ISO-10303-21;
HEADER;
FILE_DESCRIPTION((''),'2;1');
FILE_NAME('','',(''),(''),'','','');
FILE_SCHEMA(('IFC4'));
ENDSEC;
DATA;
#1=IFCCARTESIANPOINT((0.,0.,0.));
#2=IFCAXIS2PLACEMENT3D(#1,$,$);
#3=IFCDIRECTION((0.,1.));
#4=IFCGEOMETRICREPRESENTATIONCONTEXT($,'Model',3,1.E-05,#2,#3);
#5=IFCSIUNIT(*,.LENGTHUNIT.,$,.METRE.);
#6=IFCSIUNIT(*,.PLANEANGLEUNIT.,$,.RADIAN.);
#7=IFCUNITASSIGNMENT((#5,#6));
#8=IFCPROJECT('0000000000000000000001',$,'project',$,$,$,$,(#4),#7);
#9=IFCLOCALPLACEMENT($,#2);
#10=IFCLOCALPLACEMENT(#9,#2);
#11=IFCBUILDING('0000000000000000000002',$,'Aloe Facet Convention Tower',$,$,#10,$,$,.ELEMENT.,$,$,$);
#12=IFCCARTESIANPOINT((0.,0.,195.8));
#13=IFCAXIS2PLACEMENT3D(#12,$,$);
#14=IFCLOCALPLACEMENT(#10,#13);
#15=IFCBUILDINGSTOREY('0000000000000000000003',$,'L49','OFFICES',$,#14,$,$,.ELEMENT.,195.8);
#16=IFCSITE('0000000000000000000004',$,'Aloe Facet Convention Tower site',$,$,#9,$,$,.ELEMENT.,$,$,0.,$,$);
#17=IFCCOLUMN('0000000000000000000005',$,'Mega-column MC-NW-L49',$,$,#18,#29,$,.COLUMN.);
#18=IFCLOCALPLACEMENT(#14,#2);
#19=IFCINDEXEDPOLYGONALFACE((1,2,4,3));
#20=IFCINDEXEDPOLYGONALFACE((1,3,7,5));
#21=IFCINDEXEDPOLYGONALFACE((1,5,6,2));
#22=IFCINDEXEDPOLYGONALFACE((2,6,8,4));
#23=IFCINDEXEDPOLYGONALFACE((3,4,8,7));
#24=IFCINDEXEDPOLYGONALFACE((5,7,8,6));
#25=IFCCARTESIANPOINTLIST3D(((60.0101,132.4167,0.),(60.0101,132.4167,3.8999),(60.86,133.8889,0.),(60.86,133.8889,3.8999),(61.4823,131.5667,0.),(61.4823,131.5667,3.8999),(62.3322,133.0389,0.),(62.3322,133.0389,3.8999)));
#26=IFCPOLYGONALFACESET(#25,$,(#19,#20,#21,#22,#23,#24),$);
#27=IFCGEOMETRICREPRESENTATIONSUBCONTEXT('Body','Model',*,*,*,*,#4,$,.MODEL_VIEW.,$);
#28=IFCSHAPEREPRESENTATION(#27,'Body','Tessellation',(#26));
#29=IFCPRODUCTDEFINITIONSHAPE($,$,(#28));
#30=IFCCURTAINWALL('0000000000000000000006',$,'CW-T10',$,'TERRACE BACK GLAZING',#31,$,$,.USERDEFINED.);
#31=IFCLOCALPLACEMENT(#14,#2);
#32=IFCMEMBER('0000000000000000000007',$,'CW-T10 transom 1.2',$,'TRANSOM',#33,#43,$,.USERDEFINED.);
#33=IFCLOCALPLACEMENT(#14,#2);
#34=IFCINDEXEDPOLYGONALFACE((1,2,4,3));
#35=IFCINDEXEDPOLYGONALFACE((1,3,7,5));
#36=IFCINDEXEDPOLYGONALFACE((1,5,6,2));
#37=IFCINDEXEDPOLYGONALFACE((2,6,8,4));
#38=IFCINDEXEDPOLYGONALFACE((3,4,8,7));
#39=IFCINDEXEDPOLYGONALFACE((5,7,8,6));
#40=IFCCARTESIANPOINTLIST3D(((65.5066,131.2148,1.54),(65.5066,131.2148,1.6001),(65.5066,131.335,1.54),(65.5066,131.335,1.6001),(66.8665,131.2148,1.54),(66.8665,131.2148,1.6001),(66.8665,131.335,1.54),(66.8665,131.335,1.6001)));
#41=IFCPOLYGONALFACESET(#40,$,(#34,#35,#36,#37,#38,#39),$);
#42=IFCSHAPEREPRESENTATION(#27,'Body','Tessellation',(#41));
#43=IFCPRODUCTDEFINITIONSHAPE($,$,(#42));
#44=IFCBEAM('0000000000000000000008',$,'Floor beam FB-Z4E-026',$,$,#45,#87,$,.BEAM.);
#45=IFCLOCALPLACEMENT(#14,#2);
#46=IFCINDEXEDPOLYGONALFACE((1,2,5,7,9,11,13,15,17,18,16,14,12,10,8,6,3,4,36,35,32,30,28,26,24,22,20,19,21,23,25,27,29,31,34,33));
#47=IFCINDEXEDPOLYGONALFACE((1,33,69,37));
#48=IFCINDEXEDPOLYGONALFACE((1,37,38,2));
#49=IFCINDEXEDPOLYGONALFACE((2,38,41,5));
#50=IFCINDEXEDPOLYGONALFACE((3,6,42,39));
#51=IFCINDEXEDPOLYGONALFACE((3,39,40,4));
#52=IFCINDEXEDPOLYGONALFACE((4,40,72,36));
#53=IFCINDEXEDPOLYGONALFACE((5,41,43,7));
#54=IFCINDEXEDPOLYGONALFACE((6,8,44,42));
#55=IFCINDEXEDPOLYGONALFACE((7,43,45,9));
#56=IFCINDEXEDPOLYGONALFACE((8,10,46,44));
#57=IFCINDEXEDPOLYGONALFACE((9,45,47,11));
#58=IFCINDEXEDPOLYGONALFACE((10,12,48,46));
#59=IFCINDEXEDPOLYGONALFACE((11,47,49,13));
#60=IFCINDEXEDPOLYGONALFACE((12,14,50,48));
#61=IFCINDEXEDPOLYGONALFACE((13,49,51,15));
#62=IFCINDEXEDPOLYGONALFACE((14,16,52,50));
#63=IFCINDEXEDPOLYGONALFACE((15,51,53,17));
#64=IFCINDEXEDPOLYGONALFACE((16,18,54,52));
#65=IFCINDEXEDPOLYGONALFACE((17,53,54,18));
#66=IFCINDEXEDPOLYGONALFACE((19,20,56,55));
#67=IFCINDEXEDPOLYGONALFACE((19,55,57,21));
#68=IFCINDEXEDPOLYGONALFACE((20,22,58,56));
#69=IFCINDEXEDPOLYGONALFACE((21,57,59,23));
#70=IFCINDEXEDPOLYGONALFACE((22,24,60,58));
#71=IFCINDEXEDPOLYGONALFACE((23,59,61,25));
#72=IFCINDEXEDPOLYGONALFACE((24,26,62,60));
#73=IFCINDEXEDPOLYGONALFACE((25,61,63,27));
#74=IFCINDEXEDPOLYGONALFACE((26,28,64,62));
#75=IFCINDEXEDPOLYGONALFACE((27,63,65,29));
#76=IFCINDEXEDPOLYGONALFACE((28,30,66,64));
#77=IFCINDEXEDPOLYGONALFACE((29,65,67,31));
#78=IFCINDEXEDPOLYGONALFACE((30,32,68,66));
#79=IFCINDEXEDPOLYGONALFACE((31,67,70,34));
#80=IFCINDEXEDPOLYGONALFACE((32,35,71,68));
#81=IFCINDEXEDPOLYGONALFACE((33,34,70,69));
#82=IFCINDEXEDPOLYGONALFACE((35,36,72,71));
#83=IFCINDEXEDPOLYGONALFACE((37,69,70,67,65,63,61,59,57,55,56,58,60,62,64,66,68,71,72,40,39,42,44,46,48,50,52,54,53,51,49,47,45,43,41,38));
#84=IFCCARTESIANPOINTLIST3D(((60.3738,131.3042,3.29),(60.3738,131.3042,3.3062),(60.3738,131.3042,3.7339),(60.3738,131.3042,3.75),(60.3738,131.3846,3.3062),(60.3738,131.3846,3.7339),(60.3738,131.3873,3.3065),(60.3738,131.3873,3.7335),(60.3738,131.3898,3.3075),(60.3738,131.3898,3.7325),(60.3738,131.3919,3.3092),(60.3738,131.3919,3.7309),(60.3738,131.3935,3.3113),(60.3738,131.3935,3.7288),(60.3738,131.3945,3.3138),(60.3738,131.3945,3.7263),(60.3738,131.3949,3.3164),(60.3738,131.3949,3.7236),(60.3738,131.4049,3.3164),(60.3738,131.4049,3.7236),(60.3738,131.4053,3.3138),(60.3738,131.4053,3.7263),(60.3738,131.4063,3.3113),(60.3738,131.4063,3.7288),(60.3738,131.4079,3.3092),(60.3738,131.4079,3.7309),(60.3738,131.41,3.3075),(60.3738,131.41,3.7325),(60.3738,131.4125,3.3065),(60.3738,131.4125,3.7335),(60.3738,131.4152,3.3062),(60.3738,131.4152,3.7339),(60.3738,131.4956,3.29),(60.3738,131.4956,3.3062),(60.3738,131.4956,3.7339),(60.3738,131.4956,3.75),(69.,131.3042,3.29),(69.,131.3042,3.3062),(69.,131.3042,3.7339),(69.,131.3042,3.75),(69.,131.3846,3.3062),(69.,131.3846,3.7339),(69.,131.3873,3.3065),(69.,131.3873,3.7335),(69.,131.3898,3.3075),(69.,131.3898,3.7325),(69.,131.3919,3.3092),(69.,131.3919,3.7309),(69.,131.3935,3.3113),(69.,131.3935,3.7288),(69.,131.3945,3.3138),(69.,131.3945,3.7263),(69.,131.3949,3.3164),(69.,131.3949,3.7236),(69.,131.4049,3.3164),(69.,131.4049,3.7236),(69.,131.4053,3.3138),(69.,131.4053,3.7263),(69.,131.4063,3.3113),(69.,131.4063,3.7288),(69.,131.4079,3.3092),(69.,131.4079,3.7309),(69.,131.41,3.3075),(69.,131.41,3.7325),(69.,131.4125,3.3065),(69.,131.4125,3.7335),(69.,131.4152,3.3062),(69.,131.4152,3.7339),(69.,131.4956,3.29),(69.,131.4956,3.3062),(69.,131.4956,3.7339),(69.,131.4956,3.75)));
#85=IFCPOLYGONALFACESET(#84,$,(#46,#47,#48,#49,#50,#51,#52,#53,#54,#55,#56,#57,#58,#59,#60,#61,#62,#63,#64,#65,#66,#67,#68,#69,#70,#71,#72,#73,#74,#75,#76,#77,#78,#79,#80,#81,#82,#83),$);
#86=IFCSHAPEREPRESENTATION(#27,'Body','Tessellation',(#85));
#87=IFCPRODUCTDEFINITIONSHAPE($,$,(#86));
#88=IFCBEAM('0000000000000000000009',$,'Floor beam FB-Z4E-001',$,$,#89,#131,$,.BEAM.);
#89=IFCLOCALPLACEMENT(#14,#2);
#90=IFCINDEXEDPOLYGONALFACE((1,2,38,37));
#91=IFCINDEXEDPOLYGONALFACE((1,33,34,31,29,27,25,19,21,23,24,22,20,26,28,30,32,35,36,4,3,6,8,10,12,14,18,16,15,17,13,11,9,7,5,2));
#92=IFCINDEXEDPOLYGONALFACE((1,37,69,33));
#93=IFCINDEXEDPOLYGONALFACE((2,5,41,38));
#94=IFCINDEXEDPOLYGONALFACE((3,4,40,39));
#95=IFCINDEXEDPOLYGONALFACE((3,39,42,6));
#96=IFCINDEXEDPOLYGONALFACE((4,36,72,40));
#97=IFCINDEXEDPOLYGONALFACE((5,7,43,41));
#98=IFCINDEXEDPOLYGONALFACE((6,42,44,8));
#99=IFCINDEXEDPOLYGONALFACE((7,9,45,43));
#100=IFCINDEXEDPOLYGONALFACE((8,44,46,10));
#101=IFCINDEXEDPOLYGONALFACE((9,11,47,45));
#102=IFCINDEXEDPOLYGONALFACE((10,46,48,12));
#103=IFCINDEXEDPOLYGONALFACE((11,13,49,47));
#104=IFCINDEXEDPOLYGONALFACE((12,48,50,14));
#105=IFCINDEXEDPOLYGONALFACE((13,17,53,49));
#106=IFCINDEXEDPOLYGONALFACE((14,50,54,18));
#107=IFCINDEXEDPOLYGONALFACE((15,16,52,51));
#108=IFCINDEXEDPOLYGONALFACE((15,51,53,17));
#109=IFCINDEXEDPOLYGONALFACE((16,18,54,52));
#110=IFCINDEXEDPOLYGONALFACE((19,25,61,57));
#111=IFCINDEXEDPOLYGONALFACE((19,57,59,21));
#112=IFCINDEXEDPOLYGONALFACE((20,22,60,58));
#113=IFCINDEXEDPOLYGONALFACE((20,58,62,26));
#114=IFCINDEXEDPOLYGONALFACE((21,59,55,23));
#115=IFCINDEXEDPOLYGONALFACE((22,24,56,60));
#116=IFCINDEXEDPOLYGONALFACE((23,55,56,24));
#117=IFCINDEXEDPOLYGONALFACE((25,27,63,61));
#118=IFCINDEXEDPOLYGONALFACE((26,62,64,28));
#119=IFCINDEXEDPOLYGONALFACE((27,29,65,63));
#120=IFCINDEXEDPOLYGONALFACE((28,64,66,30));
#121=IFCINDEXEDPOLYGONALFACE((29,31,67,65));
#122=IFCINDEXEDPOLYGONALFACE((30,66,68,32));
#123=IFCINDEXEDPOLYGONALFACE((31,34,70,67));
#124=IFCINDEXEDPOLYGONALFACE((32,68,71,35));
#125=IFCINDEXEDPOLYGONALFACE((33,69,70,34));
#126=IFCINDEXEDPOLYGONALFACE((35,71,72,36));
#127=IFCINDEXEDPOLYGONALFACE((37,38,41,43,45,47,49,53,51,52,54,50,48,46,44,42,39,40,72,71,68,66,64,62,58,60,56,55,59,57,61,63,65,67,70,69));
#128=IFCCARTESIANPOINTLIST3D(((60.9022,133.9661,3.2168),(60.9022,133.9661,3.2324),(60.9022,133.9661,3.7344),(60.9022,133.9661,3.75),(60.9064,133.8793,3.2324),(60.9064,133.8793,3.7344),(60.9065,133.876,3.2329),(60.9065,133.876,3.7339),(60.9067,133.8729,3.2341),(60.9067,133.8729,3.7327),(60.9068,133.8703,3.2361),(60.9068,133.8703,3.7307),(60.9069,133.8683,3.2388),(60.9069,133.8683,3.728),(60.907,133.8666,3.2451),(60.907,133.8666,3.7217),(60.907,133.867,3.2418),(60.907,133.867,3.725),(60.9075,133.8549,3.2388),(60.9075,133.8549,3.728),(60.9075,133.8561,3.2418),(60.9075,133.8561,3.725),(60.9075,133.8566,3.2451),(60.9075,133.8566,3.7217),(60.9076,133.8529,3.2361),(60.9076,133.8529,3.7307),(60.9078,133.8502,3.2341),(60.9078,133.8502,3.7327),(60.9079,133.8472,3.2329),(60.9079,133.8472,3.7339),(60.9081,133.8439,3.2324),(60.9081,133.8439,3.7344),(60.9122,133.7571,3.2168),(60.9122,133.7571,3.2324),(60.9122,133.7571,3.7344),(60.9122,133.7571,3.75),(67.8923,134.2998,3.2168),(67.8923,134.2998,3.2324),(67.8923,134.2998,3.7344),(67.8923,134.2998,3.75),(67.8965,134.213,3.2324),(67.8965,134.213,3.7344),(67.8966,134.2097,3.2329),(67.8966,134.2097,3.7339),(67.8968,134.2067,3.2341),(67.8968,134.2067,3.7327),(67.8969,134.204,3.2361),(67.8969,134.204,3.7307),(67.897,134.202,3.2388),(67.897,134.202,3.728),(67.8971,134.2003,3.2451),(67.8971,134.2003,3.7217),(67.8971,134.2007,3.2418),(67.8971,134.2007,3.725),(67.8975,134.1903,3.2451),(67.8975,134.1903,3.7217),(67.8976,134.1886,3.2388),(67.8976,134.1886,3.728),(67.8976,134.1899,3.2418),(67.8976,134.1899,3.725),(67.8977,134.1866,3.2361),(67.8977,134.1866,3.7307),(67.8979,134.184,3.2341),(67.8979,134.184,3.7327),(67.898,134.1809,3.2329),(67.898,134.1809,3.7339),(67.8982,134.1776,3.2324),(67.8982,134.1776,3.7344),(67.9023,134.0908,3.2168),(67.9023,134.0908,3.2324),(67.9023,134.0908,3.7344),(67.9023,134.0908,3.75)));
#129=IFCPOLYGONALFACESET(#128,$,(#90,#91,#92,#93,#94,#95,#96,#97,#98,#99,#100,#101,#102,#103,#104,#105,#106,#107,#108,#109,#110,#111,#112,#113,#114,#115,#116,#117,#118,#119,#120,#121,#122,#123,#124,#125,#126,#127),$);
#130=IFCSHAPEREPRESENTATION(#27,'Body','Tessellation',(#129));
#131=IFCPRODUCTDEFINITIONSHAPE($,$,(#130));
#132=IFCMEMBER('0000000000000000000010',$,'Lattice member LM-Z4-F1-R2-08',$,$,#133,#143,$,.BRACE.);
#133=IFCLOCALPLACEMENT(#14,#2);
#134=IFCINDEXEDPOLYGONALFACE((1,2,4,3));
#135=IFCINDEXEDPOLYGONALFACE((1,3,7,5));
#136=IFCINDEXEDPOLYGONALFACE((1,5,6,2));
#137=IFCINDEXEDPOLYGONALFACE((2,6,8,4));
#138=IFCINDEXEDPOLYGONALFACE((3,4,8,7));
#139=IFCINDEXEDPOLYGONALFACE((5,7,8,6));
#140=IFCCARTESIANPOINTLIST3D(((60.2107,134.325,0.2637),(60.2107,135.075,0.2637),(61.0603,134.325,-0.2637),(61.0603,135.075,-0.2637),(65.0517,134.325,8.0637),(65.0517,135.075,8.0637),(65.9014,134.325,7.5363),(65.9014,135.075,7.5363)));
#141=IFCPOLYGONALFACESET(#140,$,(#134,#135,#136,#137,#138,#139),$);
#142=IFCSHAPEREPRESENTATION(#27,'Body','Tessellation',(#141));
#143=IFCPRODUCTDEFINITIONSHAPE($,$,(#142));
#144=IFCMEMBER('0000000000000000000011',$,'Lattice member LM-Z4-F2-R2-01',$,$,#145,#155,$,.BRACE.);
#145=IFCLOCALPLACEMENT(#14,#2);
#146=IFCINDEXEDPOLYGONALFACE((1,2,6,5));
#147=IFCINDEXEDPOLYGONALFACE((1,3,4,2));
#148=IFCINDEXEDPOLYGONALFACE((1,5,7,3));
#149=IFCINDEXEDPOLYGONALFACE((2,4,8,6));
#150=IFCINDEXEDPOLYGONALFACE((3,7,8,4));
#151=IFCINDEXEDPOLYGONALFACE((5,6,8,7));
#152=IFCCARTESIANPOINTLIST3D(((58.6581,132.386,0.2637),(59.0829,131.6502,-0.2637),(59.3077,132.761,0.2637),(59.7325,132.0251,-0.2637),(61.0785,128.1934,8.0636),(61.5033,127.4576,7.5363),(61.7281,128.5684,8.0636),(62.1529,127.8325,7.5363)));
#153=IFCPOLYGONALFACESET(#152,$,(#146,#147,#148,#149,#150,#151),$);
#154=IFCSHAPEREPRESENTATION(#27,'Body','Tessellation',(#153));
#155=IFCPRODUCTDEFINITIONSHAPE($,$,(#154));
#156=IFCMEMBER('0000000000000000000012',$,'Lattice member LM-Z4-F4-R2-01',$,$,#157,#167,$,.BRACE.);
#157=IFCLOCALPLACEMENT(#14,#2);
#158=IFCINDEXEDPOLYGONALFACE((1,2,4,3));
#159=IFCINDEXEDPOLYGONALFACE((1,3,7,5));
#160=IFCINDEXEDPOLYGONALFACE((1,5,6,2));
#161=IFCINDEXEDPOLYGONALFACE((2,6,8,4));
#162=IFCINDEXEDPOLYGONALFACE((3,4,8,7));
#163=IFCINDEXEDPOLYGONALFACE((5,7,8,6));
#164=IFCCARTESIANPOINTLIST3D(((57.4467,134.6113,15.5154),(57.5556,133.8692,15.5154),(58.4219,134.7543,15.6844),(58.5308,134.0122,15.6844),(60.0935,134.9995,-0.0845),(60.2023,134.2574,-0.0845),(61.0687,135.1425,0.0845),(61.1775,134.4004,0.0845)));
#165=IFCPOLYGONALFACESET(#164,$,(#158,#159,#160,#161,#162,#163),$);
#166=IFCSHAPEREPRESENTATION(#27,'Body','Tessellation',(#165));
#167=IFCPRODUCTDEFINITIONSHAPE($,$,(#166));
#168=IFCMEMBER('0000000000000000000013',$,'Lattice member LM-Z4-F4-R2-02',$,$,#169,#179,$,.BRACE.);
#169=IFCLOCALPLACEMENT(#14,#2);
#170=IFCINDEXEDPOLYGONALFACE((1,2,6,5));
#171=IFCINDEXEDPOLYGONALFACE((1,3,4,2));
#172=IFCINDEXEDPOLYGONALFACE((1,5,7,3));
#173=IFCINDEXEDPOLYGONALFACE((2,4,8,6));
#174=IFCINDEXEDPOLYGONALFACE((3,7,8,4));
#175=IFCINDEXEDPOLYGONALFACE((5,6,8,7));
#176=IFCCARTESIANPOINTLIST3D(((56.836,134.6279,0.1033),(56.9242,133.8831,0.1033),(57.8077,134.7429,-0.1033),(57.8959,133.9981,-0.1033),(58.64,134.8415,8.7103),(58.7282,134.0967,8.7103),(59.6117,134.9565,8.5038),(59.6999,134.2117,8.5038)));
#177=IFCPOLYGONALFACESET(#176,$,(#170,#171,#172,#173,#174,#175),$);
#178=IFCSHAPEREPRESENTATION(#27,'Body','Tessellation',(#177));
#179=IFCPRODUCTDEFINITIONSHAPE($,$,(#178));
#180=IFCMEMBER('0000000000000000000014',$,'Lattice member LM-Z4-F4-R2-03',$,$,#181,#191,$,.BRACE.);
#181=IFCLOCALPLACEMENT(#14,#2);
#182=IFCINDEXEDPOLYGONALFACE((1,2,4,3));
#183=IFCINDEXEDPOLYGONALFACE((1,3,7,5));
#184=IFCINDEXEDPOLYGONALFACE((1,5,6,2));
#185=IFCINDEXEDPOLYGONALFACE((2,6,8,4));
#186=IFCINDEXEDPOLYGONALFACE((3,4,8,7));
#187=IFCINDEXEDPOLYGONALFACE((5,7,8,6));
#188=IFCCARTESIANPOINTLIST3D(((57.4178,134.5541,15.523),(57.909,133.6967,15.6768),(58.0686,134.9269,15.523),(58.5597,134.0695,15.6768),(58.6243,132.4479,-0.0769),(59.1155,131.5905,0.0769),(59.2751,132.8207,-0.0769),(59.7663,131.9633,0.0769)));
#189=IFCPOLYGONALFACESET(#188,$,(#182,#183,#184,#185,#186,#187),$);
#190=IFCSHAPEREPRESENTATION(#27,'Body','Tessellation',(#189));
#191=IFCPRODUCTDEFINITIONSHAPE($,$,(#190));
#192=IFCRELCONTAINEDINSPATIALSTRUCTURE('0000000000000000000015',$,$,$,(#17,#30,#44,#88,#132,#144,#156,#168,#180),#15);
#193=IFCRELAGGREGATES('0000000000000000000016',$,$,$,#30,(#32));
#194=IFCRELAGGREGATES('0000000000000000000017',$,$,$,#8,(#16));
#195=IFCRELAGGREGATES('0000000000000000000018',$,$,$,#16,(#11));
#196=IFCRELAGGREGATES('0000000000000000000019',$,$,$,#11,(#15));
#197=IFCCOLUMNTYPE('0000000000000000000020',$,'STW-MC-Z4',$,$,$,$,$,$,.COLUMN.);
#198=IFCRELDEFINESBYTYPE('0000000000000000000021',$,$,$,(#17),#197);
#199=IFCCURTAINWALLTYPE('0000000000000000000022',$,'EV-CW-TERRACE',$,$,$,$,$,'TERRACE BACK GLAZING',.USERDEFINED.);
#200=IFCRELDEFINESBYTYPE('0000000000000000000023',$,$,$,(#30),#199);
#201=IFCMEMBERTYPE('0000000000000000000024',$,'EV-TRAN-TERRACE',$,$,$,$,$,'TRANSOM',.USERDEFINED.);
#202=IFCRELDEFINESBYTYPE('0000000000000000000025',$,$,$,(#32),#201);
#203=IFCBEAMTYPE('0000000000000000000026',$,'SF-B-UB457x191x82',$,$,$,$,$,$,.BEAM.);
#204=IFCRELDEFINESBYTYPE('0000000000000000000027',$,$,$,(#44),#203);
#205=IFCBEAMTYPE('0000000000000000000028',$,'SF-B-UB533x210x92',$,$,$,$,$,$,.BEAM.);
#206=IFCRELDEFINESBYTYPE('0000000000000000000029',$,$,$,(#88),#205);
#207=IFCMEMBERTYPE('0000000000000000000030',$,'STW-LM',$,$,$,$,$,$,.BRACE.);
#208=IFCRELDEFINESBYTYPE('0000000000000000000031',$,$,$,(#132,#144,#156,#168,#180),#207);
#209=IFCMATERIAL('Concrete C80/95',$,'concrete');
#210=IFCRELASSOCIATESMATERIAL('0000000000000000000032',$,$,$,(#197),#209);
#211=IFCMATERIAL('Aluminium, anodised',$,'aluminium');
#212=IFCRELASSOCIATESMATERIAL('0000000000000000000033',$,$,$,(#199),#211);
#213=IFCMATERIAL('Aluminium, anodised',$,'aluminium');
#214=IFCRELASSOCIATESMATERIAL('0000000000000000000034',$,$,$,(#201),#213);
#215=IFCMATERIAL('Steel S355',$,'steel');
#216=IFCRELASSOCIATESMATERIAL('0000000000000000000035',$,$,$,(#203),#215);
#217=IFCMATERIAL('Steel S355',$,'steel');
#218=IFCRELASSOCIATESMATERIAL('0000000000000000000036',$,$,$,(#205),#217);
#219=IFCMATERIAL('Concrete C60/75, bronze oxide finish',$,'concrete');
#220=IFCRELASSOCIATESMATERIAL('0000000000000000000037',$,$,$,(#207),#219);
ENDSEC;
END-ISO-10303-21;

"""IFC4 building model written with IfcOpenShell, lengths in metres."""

from ifc_helpers import new_model, si_unit, direction, frame, origin, origin_2d, place, context, subcontext, project, spatial, rectangle, i_section, extrude, material, material_profile, profile_set, type_object, element, aggregate, save


model = new_model("IFC4")

# Units and contexts
model_context = context("Model", 3, precision=1e-05, world=origin(), true_north=direction((0.0, 1.0)))
body_context = subcontext(model_context, "Body", "Model", "MODEL_VIEW")
ifc_project = project(units=[si_unit("LENGTHUNIT", "METRE"), si_unit("PLANEANGLEUNIT", "RADIAN")], contexts=[model_context])

# Site, building, storey
site_placement = place(None, origin())
site = spatial("IfcSite", under=ifc_project, at=site_placement, Name="Aloe Facet Convention Tower site", CompositionType="ELEMENT", RefElevation=0.0)
building_placement = place(site_placement, origin())
building = spatial("IfcBuilding", under=site, at=building_placement, Name="Aloe Facet Convention Tower", CompositionType="ELEMENT")
storey_placement = place(building_placement, frame((0.0, 0.0, 195.8)))
storey = spatial("IfcBuildingStorey", under=building, at=storey_placement, Name="L49", Description="OFFICES", CompositionType="ELEMENT", Elevation=195.8)

# Column
ifc_material_1 = material(Name="Concrete C80/95", Category="concrete")
ifc_material_profile_1 = material_profile(ifc_material_1, rectangle(XDim=1.7, YDim=1.7, at=origin_2d()), Name="STW-MC-Z4")
ifc_profile_set_1 = profile_set([ifc_material_profile_1], Name="Concrete C80/95")
column_type = type_object("IfcColumnType", Name="STW-MC-Z4", PredefinedType="COLUMN", material=ifc_profile_set_1)
column_placement = place(storey_placement, frame((61.1711, 132.7278, 0.0), z_axis=(0.0, 0.0, 1.0), x_axis=(-0.5, -0.866025, 0.0)))
element("IfcColumn", 1, at=column_placement, inside=storey, type_object=column_type, Name="Mega-column MC-NW-L49", PredefinedType="COLUMN", context=body_context, shape_type="SweptSolid", body=[
    extrude(rectangle(XDim=1.7, YDim=1.7, at=origin_2d()), origin(), (0.0, 0.0, 1.0), 3.8999),
])

# Curtain wall, member
ifc_material_2 = material(Name="Aluminium, anodised", Category="aluminium")
curtain_wall_type = type_object("IfcCurtainWallType", Name="EV-CW-TERRACE", ElementType="TERRACE BACK GLAZING", PredefinedType="USERDEFINED", material=ifc_material_2)
curtain_wall_placement = place(storey_placement, origin())
curtain_wall = element("IfcCurtainWall", 2, at=curtain_wall_placement, inside=storey, type_object=curtain_wall_type, Name="CW-T10", ObjectType="TERRACE BACK GLAZING", PredefinedType="USERDEFINED")
ifc_material_3 = material(Name="Aluminium, anodised", Category="aluminium")
ifc_material_profile_2 = material_profile(ifc_material_3, rectangle(XDim=0.1201, YDim=0.0601, at=origin_2d()), Name="AL 120x60")
ifc_profile_set_2 = profile_set([ifc_material_profile_2], Name="Aluminium, anodised")
member_type_1 = type_object("IfcMemberType", Name="EV-TRAN-TERRACE", ElementType="TRANSOM", PredefinedType="USERDEFINED", material=ifc_profile_set_2)
member_1_placement = place(storey_placement, frame((66.8665, 131.2749, 1.5701), z_axis=(-1.0, 0.0, 0.0), x_axis=(0.0, -1.0, 0.0)))
member_1 = element("IfcMember", 3, at=member_1_placement, type_object=member_type_1, Name="CW-T10 transom 1.2", ObjectType="TRANSOM", PredefinedType="USERDEFINED", context=body_context, shape_type="SweptSolid", body=[
    extrude(rectangle(XDim=0.1201, YDim=0.0601, at=origin_2d()), origin(), (0.0, 0.0, 1.0), 1.3599),
])
aggregate(curtain_wall, [member_1])

# Beams
ifc_material_4 = material(Name="Steel S355", Category="steel")
ifc_material_profile_3 = material_profile(ifc_material_4, i_section(OverallWidth=0.1914, OverallDepth=0.46, WebThickness=0.01, FlangeThickness=0.0161, FilletRadius=0.0103, at=origin_2d()), Name="UB 457x191x82")
ifc_profile_set_3 = profile_set([ifc_material_profile_3], Name="Steel S355")
beam_type_1 = type_object("IfcBeamType", Name="SF-B-UB457x191x82", PredefinedType="BEAM", material=ifc_profile_set_3)
beam_1_placement = place(storey_placement, frame((60.3738, 131.3999, 3.52), z_axis=(1.0, 0.0, 0.0), x_axis=(0.0, 1.0, 0.0)))
element("IfcBeam", 4, at=beam_1_placement, inside=storey, type_object=beam_type_1, Name="Floor beam FB-Z4E-026", PredefinedType="BEAM", context=body_context, shape_type="SweptSolid", body=[
    extrude(i_section(OverallWidth=0.1914, OverallDepth=0.46, WebThickness=0.01, FlangeThickness=0.0161, FilletRadius=0.0103, at=origin_2d()), origin(), (0.0, 0.0, 1.0), 8.6262),
])
ifc_material_5 = material(Name="Steel S355", Category="steel")
ifc_material_profile_4 = material_profile(ifc_material_5, i_section(OverallWidth=0.2092, OverallDepth=0.5332, WebThickness=0.01, FlangeThickness=0.0156, FilletRadius=0.0127, at=origin_2d()), Name="UB 533x210x92")
ifc_profile_set_4 = profile_set([ifc_material_profile_4], Name="Steel S355")
beam_type_2 = type_object("IfcBeamType", Name="SF-B-UB533x210x92", PredefinedType="BEAM", material=ifc_profile_set_4)
beam_2_placement = place(storey_placement, frame((60.9072, 133.8616, 3.4834), z_axis=(0.998862, 0.047691, 0.0), x_axis=(-0.047691, 0.998862, 0.0)))
element("IfcBeam", 5, at=beam_2_placement, inside=storey, type_object=beam_type_2, Name="Floor beam FB-Z4E-001", PredefinedType="BEAM", context=body_context, shape_type="SweptSolid", body=[
    extrude(i_section(OverallWidth=0.2092, OverallDepth=0.5332, WebThickness=0.01, FlangeThickness=0.0156, FilletRadius=0.0127, at=origin_2d()), origin(), (0.0, 0.0, 1.0), 6.998),
])

# Members
ifc_material_6 = material(Name="Concrete C60/75, bronze oxide finish", Category="concrete")
ifc_material_profile_5 = material_profile(ifc_material_6, rectangle(XDim=0.75, YDim=1.0, at=origin_2d()), Name="STW-LM")
ifc_profile_set_5 = profile_set([ifc_material_profile_5], Name="Concrete C60/75, bronze oxide finish")
member_type_2 = type_object("IfcMemberType", Name="STW-LM", PredefinedType="BRACE", material=ifc_profile_set_5)
for number, where, z_axis, x_axis, name in (
    (6, (60.6355, 134.7, 0.0), (0.527336, 0.0, 0.849657), (0.0, 1.0, 0.0), "Lattice member LM-Z4-F1-R2-08"),
    (7, (59.1953, 132.2056, 0.0), (0.263654, -0.4567, 0.849654), (0.866044, 0.499968, 0.0), "Lattice member LM-Z4-F2-R2-01"),
):
    element("IfcMember", number, at=place(storey_placement, frame(where, z_axis=z_axis, x_axis=x_axis)), inside=storey, type_object=member_type_2, Name=name, PredefinedType="BRACE", context=body_context, shape_type="SweptSolid", body=[
        extrude(rectangle(XDim=0.75, YDim=1.0, at=origin_2d()), origin(), (0.0, 0.0, 1.0), 9.1802),
    ])
member_2_placement = place(storey_placement, frame((60.6355, 134.7, 0.0), z_axis=(-0.167223, -0.024526, 0.985614), x_axis=(0.145113, -0.989415, 0.0)))
element("IfcMember", 8, at=member_2_placement, inside=storey, type_object=member_type_2, Name="Lattice member LM-Z4-F4-R2-01", PredefinedType="BRACE", context=body_context, shape_type="SweptSolid", body=[
    extrude(rectangle(XDim=0.75, YDim=1.0, at=origin_2d()), origin(), (0.0, 0.0, 1.0), 15.8276),
])
member_3_placement = place(storey_placement, frame((57.366, 134.313, 0.0), z_axis=(0.205075, 0.024285, 0.978445), x_axis=(-0.117598, 0.993061, 0.0)))
element("IfcMember", 9, at=member_3_placement, inside=storey, type_object=member_type_2, Name="Lattice member LM-Z4-F4-R2-02", PredefinedType="BRACE", context=body_context, shape_type="SweptSolid", body=[
    extrude(rectangle(XDim=0.75, YDim=1.0, at=origin_2d()), origin(), (0.0, 0.0, 1.0), 8.7966),
])
member_4_placement = place(storey_placement, frame((59.1953, 132.2056, 0.0), z_axis=(-0.076424, 0.133409, 0.98811), x_axis=(-0.86771, -0.49707, 0.0)))
element("IfcMember", 10, at=member_4_placement, inside=storey, type_object=member_type_2, Name="Lattice member LM-Z4-F4-R2-03", PredefinedType="BRACE", context=body_context, shape_type="SweptSolid", body=[
    extrude(rectangle(XDim=0.75, YDim=1.0, at=origin_2d()), origin(), (0.0, 0.0, 1.0), 15.7876),
])

save(model, "model.ifc")
